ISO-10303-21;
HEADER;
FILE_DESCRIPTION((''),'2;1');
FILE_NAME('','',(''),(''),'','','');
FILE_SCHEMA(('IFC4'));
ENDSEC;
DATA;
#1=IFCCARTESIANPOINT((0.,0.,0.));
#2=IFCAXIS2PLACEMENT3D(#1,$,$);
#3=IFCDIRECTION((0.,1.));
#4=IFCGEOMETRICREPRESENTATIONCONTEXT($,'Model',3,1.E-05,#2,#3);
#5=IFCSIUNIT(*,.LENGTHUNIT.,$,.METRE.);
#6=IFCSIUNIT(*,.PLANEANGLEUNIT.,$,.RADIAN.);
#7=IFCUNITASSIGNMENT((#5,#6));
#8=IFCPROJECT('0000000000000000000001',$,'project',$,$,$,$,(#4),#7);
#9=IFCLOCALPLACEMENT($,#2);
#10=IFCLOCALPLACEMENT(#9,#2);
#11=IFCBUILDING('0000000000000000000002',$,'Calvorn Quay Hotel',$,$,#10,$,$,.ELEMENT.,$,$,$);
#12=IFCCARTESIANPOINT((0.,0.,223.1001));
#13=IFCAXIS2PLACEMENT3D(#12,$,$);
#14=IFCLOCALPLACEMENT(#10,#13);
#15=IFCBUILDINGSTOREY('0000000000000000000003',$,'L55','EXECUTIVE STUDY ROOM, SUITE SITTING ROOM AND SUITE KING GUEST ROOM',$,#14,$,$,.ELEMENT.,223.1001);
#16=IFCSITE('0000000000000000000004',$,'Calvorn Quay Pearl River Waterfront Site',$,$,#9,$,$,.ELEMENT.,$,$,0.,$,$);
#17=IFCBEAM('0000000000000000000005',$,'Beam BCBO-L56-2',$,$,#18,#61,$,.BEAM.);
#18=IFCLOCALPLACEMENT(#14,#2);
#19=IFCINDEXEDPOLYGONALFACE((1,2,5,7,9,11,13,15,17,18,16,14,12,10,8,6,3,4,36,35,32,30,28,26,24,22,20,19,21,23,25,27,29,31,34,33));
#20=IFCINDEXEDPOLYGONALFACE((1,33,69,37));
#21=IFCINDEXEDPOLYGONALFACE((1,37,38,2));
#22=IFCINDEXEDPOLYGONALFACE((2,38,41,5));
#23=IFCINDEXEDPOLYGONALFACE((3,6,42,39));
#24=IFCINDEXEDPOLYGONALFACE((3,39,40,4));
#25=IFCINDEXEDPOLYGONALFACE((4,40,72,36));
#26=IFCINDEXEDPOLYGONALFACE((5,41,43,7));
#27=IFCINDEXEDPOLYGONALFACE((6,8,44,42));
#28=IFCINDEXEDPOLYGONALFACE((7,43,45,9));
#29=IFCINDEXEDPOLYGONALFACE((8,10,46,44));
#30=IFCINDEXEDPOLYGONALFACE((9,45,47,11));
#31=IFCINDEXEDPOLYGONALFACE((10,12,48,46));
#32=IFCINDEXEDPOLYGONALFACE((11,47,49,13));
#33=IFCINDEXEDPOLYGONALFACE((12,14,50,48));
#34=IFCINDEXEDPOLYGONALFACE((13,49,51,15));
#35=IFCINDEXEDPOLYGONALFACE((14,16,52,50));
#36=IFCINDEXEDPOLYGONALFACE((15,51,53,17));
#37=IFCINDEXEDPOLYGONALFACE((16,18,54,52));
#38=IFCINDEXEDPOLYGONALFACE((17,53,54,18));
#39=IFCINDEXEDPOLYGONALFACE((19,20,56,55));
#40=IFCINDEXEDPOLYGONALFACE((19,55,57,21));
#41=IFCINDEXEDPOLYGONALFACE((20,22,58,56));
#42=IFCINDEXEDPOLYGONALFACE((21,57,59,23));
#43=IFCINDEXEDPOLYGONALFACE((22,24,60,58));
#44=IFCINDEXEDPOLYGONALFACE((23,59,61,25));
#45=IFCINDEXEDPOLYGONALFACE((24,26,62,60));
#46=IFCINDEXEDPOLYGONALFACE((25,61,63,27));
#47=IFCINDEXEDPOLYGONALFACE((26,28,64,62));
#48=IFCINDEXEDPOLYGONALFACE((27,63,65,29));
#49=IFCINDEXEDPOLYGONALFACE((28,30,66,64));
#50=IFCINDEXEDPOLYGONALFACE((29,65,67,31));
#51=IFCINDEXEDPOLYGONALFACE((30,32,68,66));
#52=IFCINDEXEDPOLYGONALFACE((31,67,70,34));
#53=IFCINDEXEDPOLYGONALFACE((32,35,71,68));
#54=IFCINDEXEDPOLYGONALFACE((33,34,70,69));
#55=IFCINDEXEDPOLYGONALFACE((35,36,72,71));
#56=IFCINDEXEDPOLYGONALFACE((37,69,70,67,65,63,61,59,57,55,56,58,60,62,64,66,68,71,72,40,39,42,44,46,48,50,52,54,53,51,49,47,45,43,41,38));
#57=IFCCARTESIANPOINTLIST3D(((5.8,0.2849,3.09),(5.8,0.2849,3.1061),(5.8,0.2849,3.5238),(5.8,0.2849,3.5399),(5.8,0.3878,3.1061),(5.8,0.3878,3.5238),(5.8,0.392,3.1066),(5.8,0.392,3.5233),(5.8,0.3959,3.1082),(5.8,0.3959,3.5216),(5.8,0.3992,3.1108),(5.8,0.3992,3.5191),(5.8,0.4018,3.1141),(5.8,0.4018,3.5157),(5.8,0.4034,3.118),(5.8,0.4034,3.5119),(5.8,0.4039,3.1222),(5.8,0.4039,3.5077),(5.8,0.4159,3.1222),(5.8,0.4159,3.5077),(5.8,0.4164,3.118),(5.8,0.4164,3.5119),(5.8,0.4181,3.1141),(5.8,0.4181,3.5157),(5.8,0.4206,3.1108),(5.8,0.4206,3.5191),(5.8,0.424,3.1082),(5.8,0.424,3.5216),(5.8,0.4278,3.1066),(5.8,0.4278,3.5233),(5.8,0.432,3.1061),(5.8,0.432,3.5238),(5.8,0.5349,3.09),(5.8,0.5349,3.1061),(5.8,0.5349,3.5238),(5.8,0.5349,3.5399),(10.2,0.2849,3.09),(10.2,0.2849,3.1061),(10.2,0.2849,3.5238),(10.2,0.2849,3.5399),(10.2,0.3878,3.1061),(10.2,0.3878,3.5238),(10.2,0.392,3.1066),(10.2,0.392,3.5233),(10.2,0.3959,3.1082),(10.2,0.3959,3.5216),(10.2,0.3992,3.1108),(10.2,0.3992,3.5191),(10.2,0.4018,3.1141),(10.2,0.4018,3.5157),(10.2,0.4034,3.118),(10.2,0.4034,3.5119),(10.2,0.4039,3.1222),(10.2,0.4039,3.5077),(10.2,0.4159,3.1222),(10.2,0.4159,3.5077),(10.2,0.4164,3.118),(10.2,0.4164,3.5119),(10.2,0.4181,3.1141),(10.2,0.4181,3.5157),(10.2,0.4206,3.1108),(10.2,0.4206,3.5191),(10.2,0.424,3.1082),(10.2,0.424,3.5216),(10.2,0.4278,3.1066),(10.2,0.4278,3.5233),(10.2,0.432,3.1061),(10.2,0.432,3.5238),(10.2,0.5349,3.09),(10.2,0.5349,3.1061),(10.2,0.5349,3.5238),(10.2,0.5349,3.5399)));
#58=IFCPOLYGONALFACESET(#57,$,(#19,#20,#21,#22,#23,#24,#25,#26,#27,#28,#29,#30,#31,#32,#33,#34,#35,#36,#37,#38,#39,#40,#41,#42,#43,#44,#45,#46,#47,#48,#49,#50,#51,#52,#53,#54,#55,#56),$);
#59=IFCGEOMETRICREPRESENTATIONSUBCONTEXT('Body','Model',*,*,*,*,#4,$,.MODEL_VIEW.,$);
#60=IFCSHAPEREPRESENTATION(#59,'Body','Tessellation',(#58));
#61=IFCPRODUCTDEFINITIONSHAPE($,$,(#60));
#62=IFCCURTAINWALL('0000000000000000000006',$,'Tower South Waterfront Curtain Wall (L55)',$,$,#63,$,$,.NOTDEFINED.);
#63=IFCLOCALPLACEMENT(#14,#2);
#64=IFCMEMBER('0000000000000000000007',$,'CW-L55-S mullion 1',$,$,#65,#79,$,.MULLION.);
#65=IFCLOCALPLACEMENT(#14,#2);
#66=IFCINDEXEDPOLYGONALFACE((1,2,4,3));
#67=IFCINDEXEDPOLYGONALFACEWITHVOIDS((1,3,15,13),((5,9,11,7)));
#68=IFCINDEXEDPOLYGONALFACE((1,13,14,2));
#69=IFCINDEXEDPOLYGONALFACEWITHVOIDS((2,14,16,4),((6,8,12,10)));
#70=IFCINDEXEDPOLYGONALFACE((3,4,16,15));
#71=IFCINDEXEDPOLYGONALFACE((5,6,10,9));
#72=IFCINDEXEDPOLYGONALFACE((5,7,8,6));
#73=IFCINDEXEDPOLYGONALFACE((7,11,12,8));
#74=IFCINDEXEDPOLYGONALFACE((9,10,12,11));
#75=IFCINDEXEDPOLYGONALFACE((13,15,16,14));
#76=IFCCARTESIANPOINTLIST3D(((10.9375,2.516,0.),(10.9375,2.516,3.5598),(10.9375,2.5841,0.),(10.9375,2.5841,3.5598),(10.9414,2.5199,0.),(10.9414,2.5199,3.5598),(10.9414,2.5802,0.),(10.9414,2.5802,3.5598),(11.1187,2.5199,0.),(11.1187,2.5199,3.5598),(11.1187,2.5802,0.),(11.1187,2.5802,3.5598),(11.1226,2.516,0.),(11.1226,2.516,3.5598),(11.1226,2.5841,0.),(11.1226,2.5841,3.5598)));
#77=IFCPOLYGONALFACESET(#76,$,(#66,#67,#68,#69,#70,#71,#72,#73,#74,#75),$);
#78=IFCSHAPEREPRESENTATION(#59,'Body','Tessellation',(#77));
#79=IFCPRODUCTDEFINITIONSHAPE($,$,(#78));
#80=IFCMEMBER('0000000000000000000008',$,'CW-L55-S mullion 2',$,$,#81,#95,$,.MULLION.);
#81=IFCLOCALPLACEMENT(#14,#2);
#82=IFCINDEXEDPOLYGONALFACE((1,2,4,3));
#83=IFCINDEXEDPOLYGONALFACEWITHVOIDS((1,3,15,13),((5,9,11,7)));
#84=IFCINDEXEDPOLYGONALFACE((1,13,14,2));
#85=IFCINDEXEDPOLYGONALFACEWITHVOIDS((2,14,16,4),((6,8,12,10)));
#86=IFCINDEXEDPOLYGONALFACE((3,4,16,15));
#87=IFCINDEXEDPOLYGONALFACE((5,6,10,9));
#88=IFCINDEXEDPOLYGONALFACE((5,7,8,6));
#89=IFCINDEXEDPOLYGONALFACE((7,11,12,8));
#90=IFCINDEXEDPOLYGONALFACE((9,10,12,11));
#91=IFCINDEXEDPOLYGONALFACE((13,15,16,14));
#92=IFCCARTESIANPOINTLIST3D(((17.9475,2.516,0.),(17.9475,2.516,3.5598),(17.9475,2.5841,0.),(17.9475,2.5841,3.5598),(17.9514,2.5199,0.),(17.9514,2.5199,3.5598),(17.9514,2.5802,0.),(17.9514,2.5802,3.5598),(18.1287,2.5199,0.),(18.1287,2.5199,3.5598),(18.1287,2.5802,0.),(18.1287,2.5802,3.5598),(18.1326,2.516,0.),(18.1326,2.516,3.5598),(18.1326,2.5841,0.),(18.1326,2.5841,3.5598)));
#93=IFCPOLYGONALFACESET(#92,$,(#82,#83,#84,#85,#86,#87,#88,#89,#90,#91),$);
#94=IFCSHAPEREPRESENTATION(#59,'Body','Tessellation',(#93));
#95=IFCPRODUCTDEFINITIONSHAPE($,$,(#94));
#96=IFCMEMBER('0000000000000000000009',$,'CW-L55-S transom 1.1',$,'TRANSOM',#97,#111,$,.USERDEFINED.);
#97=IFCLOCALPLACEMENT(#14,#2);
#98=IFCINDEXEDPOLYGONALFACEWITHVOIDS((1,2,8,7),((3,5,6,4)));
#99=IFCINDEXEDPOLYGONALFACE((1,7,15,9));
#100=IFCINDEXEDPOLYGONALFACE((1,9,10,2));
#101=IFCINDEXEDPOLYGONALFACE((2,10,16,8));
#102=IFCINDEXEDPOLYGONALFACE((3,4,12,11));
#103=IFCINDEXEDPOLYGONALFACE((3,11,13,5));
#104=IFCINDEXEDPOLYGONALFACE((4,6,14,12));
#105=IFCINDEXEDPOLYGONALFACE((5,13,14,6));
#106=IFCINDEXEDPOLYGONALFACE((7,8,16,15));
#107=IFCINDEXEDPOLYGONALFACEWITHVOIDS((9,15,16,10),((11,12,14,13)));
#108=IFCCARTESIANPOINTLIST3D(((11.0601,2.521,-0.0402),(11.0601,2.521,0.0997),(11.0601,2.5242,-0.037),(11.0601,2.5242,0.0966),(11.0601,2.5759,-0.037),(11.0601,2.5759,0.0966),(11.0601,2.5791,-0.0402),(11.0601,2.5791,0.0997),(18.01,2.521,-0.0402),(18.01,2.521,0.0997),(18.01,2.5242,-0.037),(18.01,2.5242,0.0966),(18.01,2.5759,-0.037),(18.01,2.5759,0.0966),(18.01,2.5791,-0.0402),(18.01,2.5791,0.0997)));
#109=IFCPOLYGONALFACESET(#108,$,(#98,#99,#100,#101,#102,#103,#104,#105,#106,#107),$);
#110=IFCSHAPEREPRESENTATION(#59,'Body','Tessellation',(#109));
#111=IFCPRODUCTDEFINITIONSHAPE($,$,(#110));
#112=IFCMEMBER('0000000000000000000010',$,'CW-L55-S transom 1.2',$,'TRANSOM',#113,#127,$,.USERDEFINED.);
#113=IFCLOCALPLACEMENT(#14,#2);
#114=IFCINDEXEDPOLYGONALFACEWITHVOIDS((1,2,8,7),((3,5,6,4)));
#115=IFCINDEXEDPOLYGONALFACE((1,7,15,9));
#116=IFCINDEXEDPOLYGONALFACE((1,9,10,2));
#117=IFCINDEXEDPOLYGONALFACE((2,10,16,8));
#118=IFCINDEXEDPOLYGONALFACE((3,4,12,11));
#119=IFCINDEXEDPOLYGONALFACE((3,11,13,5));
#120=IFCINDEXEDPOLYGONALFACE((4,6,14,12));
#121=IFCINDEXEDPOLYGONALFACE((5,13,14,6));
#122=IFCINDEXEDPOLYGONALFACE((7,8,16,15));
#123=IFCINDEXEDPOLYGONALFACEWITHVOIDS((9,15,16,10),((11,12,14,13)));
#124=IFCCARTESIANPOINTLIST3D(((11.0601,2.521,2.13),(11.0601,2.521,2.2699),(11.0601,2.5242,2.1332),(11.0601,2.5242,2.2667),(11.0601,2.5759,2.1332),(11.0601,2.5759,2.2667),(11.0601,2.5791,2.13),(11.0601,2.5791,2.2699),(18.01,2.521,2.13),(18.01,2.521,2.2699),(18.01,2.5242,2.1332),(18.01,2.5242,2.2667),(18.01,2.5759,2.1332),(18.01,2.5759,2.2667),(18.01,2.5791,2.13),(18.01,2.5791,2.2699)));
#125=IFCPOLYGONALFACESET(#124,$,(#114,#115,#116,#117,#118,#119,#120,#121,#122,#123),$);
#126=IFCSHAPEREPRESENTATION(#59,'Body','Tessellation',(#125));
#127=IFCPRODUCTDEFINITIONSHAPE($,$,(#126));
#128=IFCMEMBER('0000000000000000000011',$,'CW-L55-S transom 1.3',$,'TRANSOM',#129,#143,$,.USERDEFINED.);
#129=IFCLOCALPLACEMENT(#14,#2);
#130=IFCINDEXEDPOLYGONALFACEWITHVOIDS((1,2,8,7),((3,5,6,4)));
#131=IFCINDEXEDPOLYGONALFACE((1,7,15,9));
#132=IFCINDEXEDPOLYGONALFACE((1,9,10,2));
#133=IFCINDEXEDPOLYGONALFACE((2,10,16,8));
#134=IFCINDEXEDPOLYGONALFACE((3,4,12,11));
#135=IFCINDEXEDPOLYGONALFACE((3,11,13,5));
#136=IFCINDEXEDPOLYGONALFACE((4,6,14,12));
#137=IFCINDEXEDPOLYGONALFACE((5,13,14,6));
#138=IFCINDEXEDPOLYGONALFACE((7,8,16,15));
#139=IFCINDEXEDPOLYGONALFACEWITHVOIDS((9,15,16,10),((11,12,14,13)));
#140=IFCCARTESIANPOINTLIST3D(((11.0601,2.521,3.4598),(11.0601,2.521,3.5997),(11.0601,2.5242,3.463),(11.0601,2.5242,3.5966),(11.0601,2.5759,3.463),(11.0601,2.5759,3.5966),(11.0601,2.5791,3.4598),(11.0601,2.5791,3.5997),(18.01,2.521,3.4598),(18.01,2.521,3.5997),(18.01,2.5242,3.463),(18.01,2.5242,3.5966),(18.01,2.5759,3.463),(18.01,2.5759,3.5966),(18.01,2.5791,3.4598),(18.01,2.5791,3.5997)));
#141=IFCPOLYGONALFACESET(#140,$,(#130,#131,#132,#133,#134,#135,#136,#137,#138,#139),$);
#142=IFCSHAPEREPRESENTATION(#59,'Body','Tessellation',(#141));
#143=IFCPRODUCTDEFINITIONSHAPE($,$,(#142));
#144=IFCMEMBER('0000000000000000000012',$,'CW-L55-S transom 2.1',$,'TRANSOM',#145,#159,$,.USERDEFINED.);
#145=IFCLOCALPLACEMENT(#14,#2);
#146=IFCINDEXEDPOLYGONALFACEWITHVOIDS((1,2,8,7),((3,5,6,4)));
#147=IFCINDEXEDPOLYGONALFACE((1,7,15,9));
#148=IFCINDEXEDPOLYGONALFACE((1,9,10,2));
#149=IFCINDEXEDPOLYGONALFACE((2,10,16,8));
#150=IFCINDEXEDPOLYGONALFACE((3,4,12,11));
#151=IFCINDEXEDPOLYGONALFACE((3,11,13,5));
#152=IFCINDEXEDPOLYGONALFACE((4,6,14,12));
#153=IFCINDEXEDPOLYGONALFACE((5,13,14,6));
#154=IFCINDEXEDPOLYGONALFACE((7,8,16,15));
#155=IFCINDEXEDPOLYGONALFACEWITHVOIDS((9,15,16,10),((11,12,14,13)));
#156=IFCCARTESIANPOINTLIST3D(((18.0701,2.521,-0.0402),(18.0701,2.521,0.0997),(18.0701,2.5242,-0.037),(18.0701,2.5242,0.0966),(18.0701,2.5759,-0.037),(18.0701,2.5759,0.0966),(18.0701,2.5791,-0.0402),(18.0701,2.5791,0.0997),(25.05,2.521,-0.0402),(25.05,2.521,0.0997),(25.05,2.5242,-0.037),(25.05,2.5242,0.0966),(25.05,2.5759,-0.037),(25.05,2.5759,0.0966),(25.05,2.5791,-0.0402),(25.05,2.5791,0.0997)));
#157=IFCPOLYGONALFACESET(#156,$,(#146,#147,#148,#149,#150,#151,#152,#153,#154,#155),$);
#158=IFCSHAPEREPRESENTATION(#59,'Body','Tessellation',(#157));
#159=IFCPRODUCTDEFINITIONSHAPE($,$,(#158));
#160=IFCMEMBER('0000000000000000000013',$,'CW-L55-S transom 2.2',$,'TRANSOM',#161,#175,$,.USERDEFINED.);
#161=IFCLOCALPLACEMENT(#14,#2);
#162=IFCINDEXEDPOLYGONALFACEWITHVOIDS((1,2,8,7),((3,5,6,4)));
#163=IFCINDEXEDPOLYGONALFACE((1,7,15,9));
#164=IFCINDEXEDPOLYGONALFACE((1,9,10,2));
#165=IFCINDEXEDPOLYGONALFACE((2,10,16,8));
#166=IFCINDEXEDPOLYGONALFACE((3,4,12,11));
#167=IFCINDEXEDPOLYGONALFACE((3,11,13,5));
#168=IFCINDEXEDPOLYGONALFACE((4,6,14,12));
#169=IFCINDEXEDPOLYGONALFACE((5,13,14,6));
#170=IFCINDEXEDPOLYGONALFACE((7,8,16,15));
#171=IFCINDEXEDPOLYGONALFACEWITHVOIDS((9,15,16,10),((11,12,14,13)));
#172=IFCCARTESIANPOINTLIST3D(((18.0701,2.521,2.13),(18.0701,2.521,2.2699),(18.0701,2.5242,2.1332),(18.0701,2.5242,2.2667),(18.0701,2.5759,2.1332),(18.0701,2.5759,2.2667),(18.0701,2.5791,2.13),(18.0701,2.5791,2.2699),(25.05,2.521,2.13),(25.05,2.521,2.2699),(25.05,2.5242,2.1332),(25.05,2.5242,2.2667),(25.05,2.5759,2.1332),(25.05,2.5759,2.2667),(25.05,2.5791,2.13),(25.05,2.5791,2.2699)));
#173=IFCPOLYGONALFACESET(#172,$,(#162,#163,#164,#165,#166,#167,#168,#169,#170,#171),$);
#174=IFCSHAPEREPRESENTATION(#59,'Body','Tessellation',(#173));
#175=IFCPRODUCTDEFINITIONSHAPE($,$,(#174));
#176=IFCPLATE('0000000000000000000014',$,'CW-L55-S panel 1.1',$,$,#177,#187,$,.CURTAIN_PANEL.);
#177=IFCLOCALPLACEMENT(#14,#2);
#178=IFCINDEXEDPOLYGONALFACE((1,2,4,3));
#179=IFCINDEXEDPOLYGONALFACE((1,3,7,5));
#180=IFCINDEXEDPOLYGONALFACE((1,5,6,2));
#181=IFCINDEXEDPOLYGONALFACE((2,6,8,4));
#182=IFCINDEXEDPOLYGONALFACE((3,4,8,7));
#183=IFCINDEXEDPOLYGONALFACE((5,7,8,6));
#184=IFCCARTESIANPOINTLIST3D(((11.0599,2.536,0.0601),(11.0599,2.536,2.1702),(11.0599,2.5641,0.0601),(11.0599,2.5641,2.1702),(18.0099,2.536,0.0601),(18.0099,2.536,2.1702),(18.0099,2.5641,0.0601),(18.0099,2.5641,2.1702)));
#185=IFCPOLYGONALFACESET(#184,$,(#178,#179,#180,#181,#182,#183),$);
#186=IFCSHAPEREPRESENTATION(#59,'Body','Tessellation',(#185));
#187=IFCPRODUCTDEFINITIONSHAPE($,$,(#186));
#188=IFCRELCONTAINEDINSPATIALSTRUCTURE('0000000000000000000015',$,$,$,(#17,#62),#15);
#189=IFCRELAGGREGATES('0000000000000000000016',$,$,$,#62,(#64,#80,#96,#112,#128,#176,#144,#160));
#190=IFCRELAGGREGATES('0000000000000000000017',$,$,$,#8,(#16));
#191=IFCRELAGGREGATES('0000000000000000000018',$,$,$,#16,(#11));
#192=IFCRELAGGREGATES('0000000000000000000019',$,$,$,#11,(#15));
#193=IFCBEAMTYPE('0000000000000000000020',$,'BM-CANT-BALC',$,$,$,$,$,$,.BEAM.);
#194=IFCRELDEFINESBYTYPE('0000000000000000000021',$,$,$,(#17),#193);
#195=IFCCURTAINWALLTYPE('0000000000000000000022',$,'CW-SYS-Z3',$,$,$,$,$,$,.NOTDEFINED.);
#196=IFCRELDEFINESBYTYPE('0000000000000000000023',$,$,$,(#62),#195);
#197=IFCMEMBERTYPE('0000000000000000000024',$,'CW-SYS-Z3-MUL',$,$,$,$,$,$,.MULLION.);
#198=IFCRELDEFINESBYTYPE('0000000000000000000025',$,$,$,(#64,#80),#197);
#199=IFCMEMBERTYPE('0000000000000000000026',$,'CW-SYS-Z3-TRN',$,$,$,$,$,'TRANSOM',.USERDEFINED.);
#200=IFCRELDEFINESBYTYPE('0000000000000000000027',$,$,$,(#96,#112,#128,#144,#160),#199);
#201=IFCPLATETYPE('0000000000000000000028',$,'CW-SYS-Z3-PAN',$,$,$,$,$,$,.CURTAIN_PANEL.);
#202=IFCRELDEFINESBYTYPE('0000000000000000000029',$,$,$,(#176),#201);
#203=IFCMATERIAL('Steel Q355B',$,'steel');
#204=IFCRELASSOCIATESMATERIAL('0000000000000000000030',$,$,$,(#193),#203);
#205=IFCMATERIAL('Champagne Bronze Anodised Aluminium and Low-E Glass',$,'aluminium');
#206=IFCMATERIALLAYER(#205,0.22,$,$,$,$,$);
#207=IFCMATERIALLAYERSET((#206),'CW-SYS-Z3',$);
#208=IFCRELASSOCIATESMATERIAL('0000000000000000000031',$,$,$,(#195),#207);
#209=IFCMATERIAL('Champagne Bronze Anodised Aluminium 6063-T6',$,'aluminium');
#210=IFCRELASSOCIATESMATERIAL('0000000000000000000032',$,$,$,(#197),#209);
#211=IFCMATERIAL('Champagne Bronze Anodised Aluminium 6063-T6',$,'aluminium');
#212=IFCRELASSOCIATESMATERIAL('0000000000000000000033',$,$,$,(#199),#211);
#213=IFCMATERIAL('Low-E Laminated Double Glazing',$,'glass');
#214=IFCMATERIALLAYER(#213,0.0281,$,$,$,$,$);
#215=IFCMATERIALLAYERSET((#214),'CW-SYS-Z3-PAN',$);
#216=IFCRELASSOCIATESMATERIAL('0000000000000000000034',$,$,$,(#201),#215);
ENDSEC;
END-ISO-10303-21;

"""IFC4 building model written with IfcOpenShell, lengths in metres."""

from ifc_helpers import new_model, si_unit, direction, frame, origin, origin_2d, place, context, subcontext, project, spatial, rectangle, hollow_rectangle, i_section, extrude, material, layer, layer_set, material_profile, profile_set, type_object, element, aggregate, save


model = new_model("IFC4")

# Units and contexts
model_context = context("Model", 3, precision=1e-05, world=origin(), true_north=direction((0.0, 1.0)))
body_context = subcontext(model_context, "Body", "Model", "MODEL_VIEW")
ifc_project = project(units=[si_unit("LENGTHUNIT", "METRE"), si_unit("PLANEANGLEUNIT", "RADIAN")], contexts=[model_context])

# Site, building, storey
site_placement = place(None, origin())
site = spatial("IfcSite", under=ifc_project, at=site_placement, Name="Calvorn Quay Pearl River Waterfront Site", CompositionType="ELEMENT", RefElevation=0.0)
building_placement = place(site_placement, origin())
building = spatial("IfcBuilding", under=site, at=building_placement, Name="Calvorn Quay Hotel", CompositionType="ELEMENT")
storey_placement = place(building_placement, frame((0.0, 0.0, 223.1001)))
storey = spatial("IfcBuildingStorey", under=building, at=storey_placement, Name="L55", Description="EXECUTIVE STUDY ROOM, SUITE SITTING ROOM AND SUITE KING GUEST ROOM", CompositionType="ELEMENT", Elevation=223.1001)

# Beam
ifc_material_1 = material(Name="Steel Q355B", Category="steel")
ifc_material_profile_1 = material_profile(ifc_material_1, i_section(OverallWidth=0.25, OverallDepth=0.45, WebThickness=0.012, FlangeThickness=0.0161, FilletRadius=0.0161, at=origin_2d()), Name="HN450x250x12x16")
ifc_profile_set_1 = profile_set([ifc_material_profile_1], Name="Steel Q355B")
beam_type = type_object("IfcBeamType", Name="BM-CANT-BALC", PredefinedType="BEAM", material=ifc_profile_set_1)
beam_placement = place(storey_placement, frame((5.8, 0.4099, 3.3149), z_axis=(1.0, 0.0, 0.0), x_axis=(0.0, 1.0, 0.0)))
element("IfcBeam", 1, at=beam_placement, inside=storey, type_object=beam_type, Name="Beam BCBO-L56-2", PredefinedType="BEAM", context=body_context, shape_type="SweptSolid", body=[
    extrude(i_section(OverallWidth=0.25, OverallDepth=0.45, WebThickness=0.012, FlangeThickness=0.0161, FilletRadius=0.0161, at=origin_2d()), origin(), (0.0, 0.0, 1.0), 4.3999),
])

# Curtain wall, members, plate
ifc_material_2 = material(Name="Champagne Bronze Anodised Aluminium and Low-E Glass", Category="aluminium")
ifc_layer_1 = layer(ifc_material_2, 0.22)
ifc_layer_set_1 = layer_set([ifc_layer_1], Name="CW-SYS-Z3")
curtain_wall_type = type_object("IfcCurtainWallType", Name="CW-SYS-Z3", PredefinedType="NOTDEFINED", material=ifc_layer_set_1)
curtain_wall_placement = place(storey_placement, origin())
curtain_wall = element("IfcCurtainWall", 2, at=curtain_wall_placement, inside=storey, type_object=curtain_wall_type, Name="Tower South Waterfront Curtain Wall (L55)", PredefinedType="NOTDEFINED")
ifc_material_3 = material(Name="Champagne Bronze Anodised Aluminium 6063-T6", Category="aluminium")
ifc_material_profile_2 = material_profile(ifc_material_3, hollow_rectangle(XDim=0.0681, YDim=0.1851, WallThickness=0.0039, at=origin_2d()), Name="ALU-M185x68x4")
ifc_profile_set_2 = profile_set([ifc_material_profile_2], Name="Champagne Bronze Anodised Aluminium 6063-T6")
member_type_1 = type_object("IfcMemberType", Name="CW-SYS-Z3-MUL", PredefinedType="MULLION", material=ifc_profile_set_2)
member_1_placement = place(storey_placement, frame((11.03, 2.55, 0.0), z_axis=(0.0, 0.0, 1.0), x_axis=(0.0, 1.0, 0.0)))
member_1 = element("IfcMember", 3, at=member_1_placement, type_object=member_type_1, Name="CW-L55-S mullion 1", PredefinedType="MULLION", context=body_context, shape_type="SweptSolid", body=[
    extrude(hollow_rectangle(XDim=0.0681, YDim=0.1851, WallThickness=0.0039, at=origin_2d()), origin(), (0.0, 0.0, 1.0), 3.5598),
])
member_2_placement = place(storey_placement, frame((18.04, 2.55, 0.0), z_axis=(0.0, 0.0, 1.0), x_axis=(0.0, 1.0, 0.0)))
member_2 = element("IfcMember", 4, at=member_2_placement, type_object=member_type_1, Name="CW-L55-S mullion 2", PredefinedType="MULLION", context=body_context, shape_type="SweptSolid", body=[
    extrude(hollow_rectangle(XDim=0.0681, YDim=0.1851, WallThickness=0.0039, at=origin_2d()), origin(), (0.0, 0.0, 1.0), 3.5598),
])
ifc_material_4 = material(Name="Champagne Bronze Anodised Aluminium 6063-T6", Category="aluminium")
ifc_material_profile_3 = material_profile(ifc_material_4, hollow_rectangle(XDim=0.0581, YDim=0.1399, WallThickness=0.0032, at=origin_2d()), Name="ALU-T140x58x3.2")
ifc_profile_set_3 = profile_set([ifc_material_profile_3], Name="Champagne Bronze Anodised Aluminium 6063-T6")
member_type_2 = type_object("IfcMemberType", Name="CW-SYS-Z3-TRN", ElementType="TRANSOM", PredefinedType="USERDEFINED", material=ifc_profile_set_3)
member_3_placement = place(storey_placement, frame((11.0601, 2.55, 0.0298), z_axis=(1.0, 0.0, 0.0), x_axis=(0.0, 1.0, 0.0)))
member_3 = element("IfcMember", 5, at=member_3_placement, type_object=member_type_2, Name="CW-L55-S transom 1.1", ObjectType="TRANSOM", PredefinedType="USERDEFINED", context=body_context, shape_type="SweptSolid", body=[
    extrude(hollow_rectangle(XDim=0.0581, YDim=0.1399, WallThickness=0.0032, at=origin_2d()), origin(), (0.0, 0.0, 1.0), 6.95),
])
member_4_placement = place(storey_placement, frame((11.0601, 2.55, 2.2), z_axis=(1.0, 0.0, 0.0), x_axis=(0.0, 1.0, 0.0)))
member_4 = element("IfcMember", 6, at=member_4_placement, type_object=member_type_2, Name="CW-L55-S transom 1.2", ObjectType="TRANSOM", PredefinedType="USERDEFINED", context=body_context, shape_type="SweptSolid", body=[
    extrude(hollow_rectangle(XDim=0.0581, YDim=0.1399, WallThickness=0.0032, at=origin_2d()), origin(), (0.0, 0.0, 1.0), 6.95),
])
member_5_placement = place(storey_placement, frame((11.0601, 2.55, 3.5298), z_axis=(1.0, 0.0, 0.0), x_axis=(0.0, 1.0, 0.0)))
member_5 = element("IfcMember", 7, at=member_5_placement, type_object=member_type_2, Name="CW-L55-S transom 1.3", ObjectType="TRANSOM", PredefinedType="USERDEFINED", context=body_context, shape_type="SweptSolid", body=[
    extrude(hollow_rectangle(XDim=0.0581, YDim=0.1399, WallThickness=0.0032, at=origin_2d()), origin(), (0.0, 0.0, 1.0), 6.95),
])
member_6_placement = place(storey_placement, frame((18.0701, 2.55, 0.0298), z_axis=(1.0, 0.0, 0.0), x_axis=(0.0, 1.0, 0.0)))
member_6 = element("IfcMember", 8, at=member_6_placement, type_object=member_type_2, Name="CW-L55-S transom 2.1", ObjectType="TRANSOM", PredefinedType="USERDEFINED", context=body_context, shape_type="SweptSolid", body=[
    extrude(hollow_rectangle(XDim=0.0581, YDim=0.1399, WallThickness=0.0032, at=origin_2d()), origin(), (0.0, 0.0, 1.0), 6.98),
])
member_7_placement = place(storey_placement, frame((18.0701, 2.55, 2.2), z_axis=(1.0, 0.0, 0.0), x_axis=(0.0, 1.0, 0.0)))
member_7 = element("IfcMember", 9, at=member_7_placement, type_object=member_type_2, Name="CW-L55-S transom 2.2", ObjectType="TRANSOM", PredefinedType="USERDEFINED", context=body_context, shape_type="SweptSolid", body=[
    extrude(hollow_rectangle(XDim=0.0581, YDim=0.1399, WallThickness=0.0032, at=origin_2d()), origin(), (0.0, 0.0, 1.0), 6.98),
])
ifc_material_5 = material(Name="Low-E Laminated Double Glazing", Category="glass")
ifc_layer_2 = layer(ifc_material_5, 0.0281)
ifc_layer_set_2 = layer_set([ifc_layer_2], Name="CW-SYS-Z3-PAN")
plate_type = type_object("IfcPlateType", Name="CW-SYS-Z3-PAN", PredefinedType="CURTAIN_PANEL", material=ifc_layer_set_2)
plate_1_placement = place(storey_placement, frame((14.5349, 2.55, 0.0601), z_axis=(0.0, 0.0, 1.0), x_axis=(1.0, 0.0, 0.0)))
plate_1 = element("IfcPlate", 10, at=plate_1_placement, type_object=plate_type, Name="CW-L55-S panel 1.1", PredefinedType="CURTAIN_PANEL", context=body_context, shape_type="SweptSolid", body=[
    extrude(rectangle(XDim=6.95, YDim=0.0281, at=origin_2d()), origin(), (0.0, 0.0, 1.0), 2.1101),
])
aggregate(curtain_wall, [member_1, member_2, member_3, member_4, member_5, plate_1, member_6, member_7])

save(model, "model.ifc")
